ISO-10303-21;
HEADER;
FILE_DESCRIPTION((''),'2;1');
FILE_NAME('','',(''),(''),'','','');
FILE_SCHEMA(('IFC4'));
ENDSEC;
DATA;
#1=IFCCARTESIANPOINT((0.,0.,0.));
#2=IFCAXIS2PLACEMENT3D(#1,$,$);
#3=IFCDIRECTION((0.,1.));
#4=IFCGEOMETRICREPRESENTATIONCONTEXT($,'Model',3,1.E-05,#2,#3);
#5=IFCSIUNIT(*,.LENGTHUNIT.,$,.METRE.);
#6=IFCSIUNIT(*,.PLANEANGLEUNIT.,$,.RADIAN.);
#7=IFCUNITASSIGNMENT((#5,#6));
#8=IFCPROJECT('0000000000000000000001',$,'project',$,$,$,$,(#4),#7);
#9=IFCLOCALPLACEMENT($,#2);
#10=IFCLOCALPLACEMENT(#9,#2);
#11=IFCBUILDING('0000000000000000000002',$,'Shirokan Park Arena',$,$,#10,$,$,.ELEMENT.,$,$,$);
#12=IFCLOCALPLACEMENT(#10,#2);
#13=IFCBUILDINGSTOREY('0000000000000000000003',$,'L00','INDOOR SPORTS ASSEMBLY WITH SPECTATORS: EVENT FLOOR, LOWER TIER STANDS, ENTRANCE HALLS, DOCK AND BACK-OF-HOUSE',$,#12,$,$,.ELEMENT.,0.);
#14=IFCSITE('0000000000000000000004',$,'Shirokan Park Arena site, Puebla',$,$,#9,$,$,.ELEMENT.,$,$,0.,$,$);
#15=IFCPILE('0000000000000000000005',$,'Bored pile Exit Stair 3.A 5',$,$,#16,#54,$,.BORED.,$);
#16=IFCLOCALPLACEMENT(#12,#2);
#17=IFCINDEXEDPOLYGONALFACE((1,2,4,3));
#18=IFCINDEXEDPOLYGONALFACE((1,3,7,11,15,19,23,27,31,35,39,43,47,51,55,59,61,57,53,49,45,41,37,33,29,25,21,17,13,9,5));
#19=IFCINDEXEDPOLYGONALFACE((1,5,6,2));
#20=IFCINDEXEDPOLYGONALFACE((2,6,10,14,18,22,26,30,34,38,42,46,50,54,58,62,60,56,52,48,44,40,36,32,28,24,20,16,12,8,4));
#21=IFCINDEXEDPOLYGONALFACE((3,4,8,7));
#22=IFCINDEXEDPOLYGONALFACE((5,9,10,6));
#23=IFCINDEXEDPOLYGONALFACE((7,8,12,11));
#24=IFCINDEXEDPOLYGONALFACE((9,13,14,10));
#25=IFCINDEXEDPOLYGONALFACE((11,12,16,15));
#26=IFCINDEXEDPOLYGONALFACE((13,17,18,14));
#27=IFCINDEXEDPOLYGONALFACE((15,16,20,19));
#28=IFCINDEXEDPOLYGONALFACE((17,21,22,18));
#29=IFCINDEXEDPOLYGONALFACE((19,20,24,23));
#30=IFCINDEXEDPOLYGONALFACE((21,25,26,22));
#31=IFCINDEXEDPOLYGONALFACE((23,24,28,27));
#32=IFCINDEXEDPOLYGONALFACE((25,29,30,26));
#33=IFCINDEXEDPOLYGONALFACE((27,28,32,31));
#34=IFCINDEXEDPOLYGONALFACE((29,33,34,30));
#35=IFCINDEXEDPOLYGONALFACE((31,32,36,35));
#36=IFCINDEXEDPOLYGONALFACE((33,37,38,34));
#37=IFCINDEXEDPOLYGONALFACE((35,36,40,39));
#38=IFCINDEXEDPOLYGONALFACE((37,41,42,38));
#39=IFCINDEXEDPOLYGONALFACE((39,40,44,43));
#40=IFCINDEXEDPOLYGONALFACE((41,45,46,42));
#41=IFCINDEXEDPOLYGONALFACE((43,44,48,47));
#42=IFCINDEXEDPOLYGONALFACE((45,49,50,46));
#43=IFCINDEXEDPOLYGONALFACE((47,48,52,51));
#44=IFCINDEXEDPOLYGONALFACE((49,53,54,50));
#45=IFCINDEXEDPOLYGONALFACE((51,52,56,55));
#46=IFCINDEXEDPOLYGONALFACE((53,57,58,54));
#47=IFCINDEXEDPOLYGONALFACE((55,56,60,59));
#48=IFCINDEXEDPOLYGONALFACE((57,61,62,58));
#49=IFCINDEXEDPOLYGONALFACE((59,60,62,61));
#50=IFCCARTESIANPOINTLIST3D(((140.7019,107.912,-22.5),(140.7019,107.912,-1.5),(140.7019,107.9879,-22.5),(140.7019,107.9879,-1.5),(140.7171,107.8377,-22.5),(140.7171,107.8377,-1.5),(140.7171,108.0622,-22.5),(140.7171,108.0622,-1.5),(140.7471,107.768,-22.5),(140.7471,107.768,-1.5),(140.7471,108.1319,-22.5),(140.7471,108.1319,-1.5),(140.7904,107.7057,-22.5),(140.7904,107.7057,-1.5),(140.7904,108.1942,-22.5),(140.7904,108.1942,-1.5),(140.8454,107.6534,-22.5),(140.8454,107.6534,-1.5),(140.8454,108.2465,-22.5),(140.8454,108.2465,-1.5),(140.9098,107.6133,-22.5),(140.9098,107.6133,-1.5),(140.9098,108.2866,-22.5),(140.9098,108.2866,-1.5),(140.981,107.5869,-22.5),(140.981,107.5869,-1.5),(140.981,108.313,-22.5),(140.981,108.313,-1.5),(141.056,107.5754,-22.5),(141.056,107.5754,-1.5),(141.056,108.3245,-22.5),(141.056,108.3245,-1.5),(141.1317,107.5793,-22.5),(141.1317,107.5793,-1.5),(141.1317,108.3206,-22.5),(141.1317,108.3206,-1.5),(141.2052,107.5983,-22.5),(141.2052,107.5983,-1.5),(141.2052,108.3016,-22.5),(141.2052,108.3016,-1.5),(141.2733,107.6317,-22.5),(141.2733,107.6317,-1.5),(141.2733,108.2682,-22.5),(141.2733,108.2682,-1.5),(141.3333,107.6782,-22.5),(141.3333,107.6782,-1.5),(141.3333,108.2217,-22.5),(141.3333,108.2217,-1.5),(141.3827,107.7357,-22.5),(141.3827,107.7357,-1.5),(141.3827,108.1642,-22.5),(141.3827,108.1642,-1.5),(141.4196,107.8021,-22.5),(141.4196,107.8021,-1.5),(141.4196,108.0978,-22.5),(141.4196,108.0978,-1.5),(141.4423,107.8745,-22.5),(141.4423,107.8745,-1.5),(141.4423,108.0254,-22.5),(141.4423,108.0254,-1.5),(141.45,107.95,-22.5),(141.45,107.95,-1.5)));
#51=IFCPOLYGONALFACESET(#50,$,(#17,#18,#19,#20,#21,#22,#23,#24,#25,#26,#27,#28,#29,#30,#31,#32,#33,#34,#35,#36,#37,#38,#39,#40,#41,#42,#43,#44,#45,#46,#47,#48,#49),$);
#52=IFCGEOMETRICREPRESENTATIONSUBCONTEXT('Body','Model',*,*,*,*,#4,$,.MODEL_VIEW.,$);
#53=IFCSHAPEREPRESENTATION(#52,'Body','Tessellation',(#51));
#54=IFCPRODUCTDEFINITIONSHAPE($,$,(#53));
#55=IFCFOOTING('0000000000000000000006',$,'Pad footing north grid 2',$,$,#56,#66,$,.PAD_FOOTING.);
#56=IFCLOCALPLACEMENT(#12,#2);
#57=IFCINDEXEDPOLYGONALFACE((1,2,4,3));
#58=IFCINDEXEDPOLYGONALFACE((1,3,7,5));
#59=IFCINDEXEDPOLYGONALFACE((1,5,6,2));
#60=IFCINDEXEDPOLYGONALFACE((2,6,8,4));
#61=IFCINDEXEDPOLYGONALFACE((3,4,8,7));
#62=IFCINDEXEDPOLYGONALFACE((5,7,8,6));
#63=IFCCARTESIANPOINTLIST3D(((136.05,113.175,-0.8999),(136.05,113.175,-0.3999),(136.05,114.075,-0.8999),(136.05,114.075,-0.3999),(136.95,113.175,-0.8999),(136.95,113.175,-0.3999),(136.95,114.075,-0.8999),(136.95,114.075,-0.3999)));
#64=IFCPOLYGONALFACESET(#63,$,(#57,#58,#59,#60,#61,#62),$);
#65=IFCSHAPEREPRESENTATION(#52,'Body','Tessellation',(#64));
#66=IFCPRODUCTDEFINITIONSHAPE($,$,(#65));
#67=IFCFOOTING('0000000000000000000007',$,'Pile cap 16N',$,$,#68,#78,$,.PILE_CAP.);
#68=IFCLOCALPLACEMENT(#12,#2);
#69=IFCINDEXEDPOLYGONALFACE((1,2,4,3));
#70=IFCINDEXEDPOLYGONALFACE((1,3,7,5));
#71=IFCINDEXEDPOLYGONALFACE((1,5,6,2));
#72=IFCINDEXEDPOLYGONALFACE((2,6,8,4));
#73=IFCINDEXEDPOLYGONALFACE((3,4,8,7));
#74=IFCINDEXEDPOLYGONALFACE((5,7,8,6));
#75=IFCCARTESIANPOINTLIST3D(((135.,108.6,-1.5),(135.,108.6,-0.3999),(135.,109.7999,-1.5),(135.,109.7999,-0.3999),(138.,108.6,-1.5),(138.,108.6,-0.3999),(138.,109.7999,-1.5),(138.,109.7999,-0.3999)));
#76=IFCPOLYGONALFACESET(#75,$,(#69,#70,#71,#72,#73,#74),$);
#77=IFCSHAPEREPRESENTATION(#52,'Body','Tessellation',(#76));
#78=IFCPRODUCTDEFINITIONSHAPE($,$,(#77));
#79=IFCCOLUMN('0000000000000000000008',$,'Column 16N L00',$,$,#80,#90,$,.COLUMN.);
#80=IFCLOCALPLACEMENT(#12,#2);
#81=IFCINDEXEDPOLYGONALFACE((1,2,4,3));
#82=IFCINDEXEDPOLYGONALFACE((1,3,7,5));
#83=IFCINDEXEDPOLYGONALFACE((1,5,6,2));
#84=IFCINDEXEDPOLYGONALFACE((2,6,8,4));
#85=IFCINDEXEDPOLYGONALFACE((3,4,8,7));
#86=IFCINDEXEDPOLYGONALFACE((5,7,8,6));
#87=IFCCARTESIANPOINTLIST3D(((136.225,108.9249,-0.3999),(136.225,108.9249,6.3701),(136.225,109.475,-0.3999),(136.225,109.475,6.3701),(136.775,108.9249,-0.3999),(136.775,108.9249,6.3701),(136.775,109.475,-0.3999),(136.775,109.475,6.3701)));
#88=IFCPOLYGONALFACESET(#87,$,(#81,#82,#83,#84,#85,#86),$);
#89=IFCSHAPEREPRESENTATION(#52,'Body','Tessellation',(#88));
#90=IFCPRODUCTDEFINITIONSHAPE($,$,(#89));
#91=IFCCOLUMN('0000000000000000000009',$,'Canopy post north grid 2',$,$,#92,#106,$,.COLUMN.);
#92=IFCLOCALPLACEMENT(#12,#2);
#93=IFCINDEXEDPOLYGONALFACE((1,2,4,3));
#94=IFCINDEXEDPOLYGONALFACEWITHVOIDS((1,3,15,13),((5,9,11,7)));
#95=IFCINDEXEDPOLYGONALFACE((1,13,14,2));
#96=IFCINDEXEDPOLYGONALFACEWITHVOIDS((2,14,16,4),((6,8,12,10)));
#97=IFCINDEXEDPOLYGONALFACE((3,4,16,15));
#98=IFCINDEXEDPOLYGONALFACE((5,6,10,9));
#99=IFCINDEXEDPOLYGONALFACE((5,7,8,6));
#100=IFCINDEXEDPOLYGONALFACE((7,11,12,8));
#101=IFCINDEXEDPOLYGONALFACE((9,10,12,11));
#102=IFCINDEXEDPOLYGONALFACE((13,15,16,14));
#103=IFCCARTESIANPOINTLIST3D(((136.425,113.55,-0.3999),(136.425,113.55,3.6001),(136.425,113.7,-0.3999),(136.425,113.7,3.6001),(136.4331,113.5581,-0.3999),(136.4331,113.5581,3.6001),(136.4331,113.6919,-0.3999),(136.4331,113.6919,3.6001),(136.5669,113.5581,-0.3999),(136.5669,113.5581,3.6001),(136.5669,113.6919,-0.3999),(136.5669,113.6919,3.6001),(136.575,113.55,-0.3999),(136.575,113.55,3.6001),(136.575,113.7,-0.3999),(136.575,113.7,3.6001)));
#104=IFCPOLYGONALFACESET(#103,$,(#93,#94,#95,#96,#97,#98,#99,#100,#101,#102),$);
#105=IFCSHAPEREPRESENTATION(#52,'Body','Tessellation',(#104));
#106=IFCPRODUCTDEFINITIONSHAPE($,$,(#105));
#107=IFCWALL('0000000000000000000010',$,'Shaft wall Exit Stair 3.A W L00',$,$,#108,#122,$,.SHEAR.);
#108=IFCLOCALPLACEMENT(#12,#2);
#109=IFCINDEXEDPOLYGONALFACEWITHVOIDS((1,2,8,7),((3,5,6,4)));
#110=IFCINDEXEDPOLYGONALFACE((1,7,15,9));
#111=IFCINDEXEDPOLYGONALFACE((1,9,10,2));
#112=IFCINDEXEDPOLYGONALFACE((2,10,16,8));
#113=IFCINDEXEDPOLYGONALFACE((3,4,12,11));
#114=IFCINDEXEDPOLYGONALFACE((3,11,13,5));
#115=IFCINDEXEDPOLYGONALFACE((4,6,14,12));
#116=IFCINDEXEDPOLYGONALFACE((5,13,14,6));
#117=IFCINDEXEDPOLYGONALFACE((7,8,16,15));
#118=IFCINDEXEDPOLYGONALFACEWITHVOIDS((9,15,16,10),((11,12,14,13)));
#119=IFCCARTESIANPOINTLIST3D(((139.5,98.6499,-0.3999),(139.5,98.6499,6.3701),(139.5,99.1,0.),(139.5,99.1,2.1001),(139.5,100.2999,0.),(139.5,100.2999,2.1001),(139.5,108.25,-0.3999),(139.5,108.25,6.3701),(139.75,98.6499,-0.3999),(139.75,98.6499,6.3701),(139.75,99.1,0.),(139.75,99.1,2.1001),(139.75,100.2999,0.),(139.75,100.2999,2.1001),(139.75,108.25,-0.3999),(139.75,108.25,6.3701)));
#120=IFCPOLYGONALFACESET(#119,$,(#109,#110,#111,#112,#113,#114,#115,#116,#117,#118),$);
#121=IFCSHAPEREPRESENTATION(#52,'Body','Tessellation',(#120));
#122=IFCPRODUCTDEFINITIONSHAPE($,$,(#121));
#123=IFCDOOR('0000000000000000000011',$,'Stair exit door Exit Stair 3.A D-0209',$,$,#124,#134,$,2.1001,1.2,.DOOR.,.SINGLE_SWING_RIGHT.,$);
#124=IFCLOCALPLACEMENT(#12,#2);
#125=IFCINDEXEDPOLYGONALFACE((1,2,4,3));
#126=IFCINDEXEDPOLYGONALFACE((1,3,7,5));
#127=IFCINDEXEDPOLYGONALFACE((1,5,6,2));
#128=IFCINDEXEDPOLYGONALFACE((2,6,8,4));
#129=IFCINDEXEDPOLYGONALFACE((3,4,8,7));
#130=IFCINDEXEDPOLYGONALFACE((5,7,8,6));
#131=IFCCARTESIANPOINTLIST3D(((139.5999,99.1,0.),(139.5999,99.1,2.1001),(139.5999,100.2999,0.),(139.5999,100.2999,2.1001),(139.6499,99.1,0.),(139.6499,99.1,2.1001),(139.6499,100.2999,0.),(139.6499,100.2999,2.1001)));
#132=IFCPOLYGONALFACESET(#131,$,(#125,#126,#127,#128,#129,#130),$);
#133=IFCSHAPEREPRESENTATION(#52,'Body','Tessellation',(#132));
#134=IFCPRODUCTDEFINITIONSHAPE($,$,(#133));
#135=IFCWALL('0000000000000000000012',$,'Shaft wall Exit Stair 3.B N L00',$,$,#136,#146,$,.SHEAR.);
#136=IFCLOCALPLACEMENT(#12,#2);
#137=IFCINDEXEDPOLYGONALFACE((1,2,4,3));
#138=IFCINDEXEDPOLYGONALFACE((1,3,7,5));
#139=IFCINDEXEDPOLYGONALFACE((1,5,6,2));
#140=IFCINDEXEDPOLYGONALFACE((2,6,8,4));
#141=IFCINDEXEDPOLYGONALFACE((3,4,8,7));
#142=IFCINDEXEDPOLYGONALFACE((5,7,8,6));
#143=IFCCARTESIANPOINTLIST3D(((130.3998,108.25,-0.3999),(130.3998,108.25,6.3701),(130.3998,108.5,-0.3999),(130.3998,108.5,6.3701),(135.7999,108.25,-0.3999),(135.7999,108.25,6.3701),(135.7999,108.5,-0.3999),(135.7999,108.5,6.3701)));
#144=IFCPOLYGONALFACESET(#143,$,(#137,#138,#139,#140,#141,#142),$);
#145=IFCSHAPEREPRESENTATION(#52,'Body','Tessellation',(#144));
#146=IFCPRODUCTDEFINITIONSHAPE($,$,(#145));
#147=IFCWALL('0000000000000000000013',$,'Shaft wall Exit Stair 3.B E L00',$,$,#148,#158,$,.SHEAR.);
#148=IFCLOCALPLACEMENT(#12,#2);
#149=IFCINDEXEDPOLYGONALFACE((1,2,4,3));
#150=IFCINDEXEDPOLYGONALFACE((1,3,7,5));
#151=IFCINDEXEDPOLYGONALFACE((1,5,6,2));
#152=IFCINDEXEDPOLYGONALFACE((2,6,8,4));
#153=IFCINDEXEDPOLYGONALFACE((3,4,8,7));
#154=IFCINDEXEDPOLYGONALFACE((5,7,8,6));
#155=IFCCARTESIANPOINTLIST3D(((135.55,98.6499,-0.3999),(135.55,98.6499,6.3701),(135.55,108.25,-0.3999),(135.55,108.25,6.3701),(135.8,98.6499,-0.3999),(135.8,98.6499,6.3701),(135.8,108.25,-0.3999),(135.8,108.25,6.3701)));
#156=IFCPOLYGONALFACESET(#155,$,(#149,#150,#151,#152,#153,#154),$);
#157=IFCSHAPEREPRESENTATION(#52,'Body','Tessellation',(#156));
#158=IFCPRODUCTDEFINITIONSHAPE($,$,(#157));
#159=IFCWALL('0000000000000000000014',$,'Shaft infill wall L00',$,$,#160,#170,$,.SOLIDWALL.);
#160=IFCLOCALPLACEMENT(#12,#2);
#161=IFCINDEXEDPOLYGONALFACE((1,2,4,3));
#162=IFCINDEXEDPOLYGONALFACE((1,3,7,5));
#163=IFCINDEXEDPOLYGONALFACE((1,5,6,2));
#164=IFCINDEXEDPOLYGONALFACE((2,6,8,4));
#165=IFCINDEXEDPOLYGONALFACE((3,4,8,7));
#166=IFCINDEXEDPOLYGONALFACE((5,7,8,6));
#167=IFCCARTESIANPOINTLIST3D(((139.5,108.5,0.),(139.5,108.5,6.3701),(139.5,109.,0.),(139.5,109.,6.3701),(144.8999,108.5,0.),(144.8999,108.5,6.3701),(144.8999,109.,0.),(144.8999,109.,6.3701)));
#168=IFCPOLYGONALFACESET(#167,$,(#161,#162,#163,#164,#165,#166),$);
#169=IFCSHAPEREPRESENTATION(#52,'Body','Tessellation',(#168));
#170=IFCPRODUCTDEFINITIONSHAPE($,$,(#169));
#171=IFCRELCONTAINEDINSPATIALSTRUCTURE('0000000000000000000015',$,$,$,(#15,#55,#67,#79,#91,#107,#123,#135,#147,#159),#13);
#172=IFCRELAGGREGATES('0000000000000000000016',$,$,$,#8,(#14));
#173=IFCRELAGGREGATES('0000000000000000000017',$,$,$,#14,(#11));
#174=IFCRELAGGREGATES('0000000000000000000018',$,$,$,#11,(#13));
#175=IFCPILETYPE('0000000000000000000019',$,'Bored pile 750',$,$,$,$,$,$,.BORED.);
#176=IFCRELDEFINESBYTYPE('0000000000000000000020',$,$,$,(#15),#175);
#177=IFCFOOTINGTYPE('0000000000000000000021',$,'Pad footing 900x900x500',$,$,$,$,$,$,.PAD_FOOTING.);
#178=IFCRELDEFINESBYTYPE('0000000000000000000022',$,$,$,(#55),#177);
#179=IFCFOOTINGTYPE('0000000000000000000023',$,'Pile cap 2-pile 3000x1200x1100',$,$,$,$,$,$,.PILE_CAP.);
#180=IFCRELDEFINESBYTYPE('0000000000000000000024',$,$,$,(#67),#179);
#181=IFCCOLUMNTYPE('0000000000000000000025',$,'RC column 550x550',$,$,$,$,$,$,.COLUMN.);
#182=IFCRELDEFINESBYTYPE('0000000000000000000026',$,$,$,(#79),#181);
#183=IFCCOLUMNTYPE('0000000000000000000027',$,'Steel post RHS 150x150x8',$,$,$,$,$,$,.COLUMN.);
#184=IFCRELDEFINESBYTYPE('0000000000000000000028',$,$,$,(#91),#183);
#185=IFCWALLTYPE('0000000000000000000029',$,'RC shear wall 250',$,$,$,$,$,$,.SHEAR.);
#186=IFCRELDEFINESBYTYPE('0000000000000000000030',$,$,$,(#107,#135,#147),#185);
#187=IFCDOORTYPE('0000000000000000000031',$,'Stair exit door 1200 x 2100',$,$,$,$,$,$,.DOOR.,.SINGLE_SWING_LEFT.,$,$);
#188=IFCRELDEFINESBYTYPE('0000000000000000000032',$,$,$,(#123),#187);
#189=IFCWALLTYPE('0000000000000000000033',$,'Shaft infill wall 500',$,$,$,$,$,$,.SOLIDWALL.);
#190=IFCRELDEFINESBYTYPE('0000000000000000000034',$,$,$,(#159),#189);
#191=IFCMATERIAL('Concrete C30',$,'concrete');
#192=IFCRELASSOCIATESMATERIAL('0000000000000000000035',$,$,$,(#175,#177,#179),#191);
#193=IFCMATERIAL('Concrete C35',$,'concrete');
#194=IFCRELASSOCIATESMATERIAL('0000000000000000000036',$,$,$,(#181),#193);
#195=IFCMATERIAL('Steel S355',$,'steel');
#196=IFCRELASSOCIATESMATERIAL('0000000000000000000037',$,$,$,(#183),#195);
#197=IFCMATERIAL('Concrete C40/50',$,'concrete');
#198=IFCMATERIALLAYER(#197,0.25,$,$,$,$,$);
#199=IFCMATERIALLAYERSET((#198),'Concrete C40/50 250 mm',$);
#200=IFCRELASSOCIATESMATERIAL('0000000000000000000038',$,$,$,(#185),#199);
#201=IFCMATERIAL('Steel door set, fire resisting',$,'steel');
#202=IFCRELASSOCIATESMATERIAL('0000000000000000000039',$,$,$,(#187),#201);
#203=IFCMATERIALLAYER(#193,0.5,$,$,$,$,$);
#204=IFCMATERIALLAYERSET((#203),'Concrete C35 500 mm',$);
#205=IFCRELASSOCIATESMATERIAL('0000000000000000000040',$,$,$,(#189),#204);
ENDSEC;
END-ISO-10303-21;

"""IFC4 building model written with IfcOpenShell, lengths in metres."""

from ifc_helpers import new_model, si_unit, direction, frame, frame_2d, origin, origin_2d, place, context, subcontext, project, spatial, rectangle, hollow_rectangle, circle, extrude, material, layer, layer_set, material_profile, profile_set, type_object, element, fill, save


model = new_model("IFC4")

# Units and contexts
model_context = context("Model", 3, precision=1e-05, world=origin(), true_north=direction((0.0, 1.0)))
body_context = subcontext(model_context, "Body", "Model", "MODEL_VIEW")
ifc_project = project(units=[si_unit("LENGTHUNIT", "METRE"), si_unit("PLANEANGLEUNIT", "RADIAN")], contexts=[model_context])

# Site, building, storey
site_placement = place(None, origin())
site = spatial("IfcSite", under=ifc_project, at=site_placement, Name="Shirokan Park Arena site, Puebla", CompositionType="ELEMENT", RefElevation=0.0)
building_placement = place(site_placement, origin())
building = spatial("IfcBuilding", under=site, at=building_placement, Name="Shirokan Park Arena", CompositionType="ELEMENT")
storey_placement = place(building_placement, origin())
storey = spatial("IfcBuildingStorey", under=building, at=storey_placement, Name="L00", Description="INDOOR SPORTS ASSEMBLY WITH SPECTATORS: EVENT FLOOR, LOWER TIER STANDS, ENTRANCE HALLS, DOCK AND BACK-OF-HOUSE", CompositionType="ELEMENT", Elevation=0.0)

# Pile
ifc_material_1 = material(Name="Concrete C30", Category="concrete")
ifc_material_profile_1 = material_profile(ifc_material_1, circle(Radius=0.375, at=origin_2d()), Name="D750")
ifc_profile_set_1 = profile_set([ifc_material_profile_1], Name="Concrete C30")
pile_type_1 = type_object("IfcPileType", Name="Bored pile 750", PredefinedType="BORED", material=ifc_profile_set_1)
for number, where, z_axis, x_axis, name in (
    (1, (141.075, 107.95, -1.5), (0.0, 0.0, -1.0), (1.0, 0.0, 0.0), "Bored pile Exit Stair 3.A 5"),
):
    element("IfcPile", number, at=place(storey_placement, frame(where, z_axis=z_axis, x_axis=x_axis)), inside=storey, type_object=pile_type_1, Name=name, PredefinedType="BORED", context=body_context, shape_type="SweptSolid", body=[
        extrude(circle(Radius=0.375, at=origin_2d()), origin(), (0.0, 0.0, 1.0), 21.0),
    ])

# Footings
footing_type_1 = type_object("IfcFootingType", Name="Pad footing 900x900x500", PredefinedType="PAD_FOOTING", material=ifc_material_1)
footing_1_placement = place(storey_placement, frame((136.5, 113.625, -0.8999), z_axis=(0.0, 0.0, 1.0), x_axis=(1.0, 0.0, 0.0)))
element("IfcFooting", 2, at=footing_1_placement, inside=storey, type_object=footing_type_1, Name="Pad footing north grid 2", PredefinedType="PAD_FOOTING", context=body_context, shape_type="SweptSolid", body=[
    extrude(rectangle(XDim=0.8999, YDim=0.8999, at=origin_2d()), origin(), (0.0, 0.0, 1.0), 0.5),
])
footing_type_2 = type_object("IfcFootingType", Name="Pile cap 2-pile 3000x1200x1100", PredefinedType="PILE_CAP", material=ifc_material_1)
footing_2_placement = place(storey_placement, frame((136.5, 109.2, -1.5), z_axis=(0.0, 0.0, 1.0), x_axis=(1.0, 0.0, 0.0)))
element("IfcFooting", 3, at=footing_2_placement, inside=storey, type_object=footing_type_2, Name="Pile cap 16N", PredefinedType="PILE_CAP", context=body_context, shape_type="SweptSolid", body=[
    extrude(rectangle(XDim=3.0, YDim=1.2, at=origin_2d()), origin(), (0.0, 0.0, 1.0), 1.1001),
])

# Columns
ifc_material_2 = material(Name="Concrete C35", Category="concrete")
ifc_material_profile_2 = material_profile(ifc_material_2, rectangle(XDim=0.55, YDim=0.55, at=origin_2d()), Name="550x550")
ifc_profile_set_2 = profile_set([ifc_material_profile_2], Name="Concrete C35")
column_type_1 = type_object("IfcColumnType", Name="RC column 550x550", PredefinedType="COLUMN", material=ifc_profile_set_2)
column_1_placement = place(storey_placement, frame((136.5, 109.2, -0.3999), z_axis=(0.0, 0.0, 1.0), x_axis=(1.0, 0.0, 0.0)))
element("IfcColumn", 4, at=column_1_placement, inside=storey, type_object=column_type_1, Name="Column 16N L00", PredefinedType="COLUMN", context=body_context, shape_type="SweptSolid", body=[
    extrude(rectangle(XDim=0.55, YDim=0.55, at=origin_2d()), origin(), (0.0, 0.0, 1.0), 6.77),
])
ifc_material_3 = material(Name="Steel S355", Category="steel")
ifc_material_profile_3 = material_profile(ifc_material_3, hollow_rectangle(XDim=0.1499, YDim=0.1499, WallThickness=0.0081, at=origin_2d()), Name="RHS 150x150x8")
ifc_profile_set_3 = profile_set([ifc_material_profile_3], Name="Steel S355")
column_type_2 = type_object("IfcColumnType", Name="Steel post RHS 150x150x8", PredefinedType="COLUMN", material=ifc_profile_set_3)
column_2_placement = place(storey_placement, frame((136.5, 113.625, -0.3999), z_axis=(0.0, 0.0, 1.0), x_axis=(1.0, 0.0, 0.0)))
element("IfcColumn", 5, at=column_2_placement, inside=storey, type_object=column_type_2, Name="Canopy post north grid 2", PredefinedType="COLUMN", context=body_context, shape_type="SweptSolid", body=[
    extrude(hollow_rectangle(XDim=0.1499, YDim=0.1499, WallThickness=0.0081, at=origin_2d()), origin(), (0.0, 0.0, 1.0), 4.0),
])

# Wall, opening, door
ifc_material_4 = material(Name="Concrete C40/50", Category="concrete")
ifc_layer_1 = layer(ifc_material_4, 0.25)
ifc_layer_set_1 = layer_set([ifc_layer_1], Name="Concrete C40/50 250 mm")
wall_type_1 = type_object("IfcWallType", Name="RC shear wall 250", PredefinedType="SHEAR", material=ifc_layer_set_1)
wall_1_placement = place(storey_placement, frame((139.625, 108.25, -0.3999), z_axis=(0.0, 0.0, 1.0), x_axis=(0.0, -1.0, 0.0)))
wall_1 = element("IfcWall", 6, at=wall_1_placement, inside=storey, type_object=wall_type_1, Name="Shaft wall Exit Stair 3.A W L00", PredefinedType="SHEAR", context=body_context, shape_type="SweptSolid", body=[
    extrude(rectangle(XDim=9.6001, YDim=0.25, at=frame_2d((4.8, 0.0))), origin(), (0.0, 0.0, 1.0), 6.77),
])
opening_1_placement = place(wall_1_placement, frame((7.95, 0.0, 0.3999)))
opening_1 = element("IfcOpeningElement", 7, at=opening_1_placement, cuts=wall_1, PredefinedType="OPENING", context=body_context, shape_type="SweptSolid", body=[
    extrude(rectangle(XDim=1.2, YDim=2.1001, at=frame_2d((0.6001, 1.05))), frame((0.0, 0.135, 0.0), z_axis=(0.0, -1.0, 0.0), x_axis=(1.0, 0.0, 0.0)), (0.0, 0.0, 1.0), 0.27),
])
ifc_material_5 = material(Name="Steel door set, fire resisting", Category="steel")
door_type_1 = type_object("IfcDoorType", Name="Stair exit door 1200 x 2100", OperationType="SINGLE_SWING_LEFT", PredefinedType="DOOR", material=ifc_material_5)
door_1_placement = place(opening_1_placement, origin())
door_1 = element("IfcDoor", 8, at=door_1_placement, inside=storey, type_object=door_type_1, Name="Stair exit door Exit Stair 3.A D-0209", OperationType="SINGLE_SWING_RIGHT", OverallHeight=2.1001, OverallWidth=1.2, PredefinedType="DOOR", context=body_context, shape_type="SweptSolid", body=[
    extrude(rectangle(XDim=1.2, YDim=2.1001, at=frame_2d((0.6001, 1.05))), frame((0.0, 0.0249, 0.0), z_axis=(0.0, -1.0, 0.0), x_axis=(1.0, 0.0, 0.0)), (0.0, 0.0, 1.0), 0.05),
])
fill(opening_1, door_1)

# Walls
wall_2_placement = place(storey_placement, frame((135.8, 108.375, -0.3999), z_axis=(0.0, 0.0, 1.0), x_axis=(-1.0, 0.0, 0.0)))
element("IfcWall", 9, at=wall_2_placement, inside=storey, type_object=wall_type_1, Name="Shaft wall Exit Stair 3.B N L00", PredefinedType="SHEAR", context=body_context, shape_type="SweptSolid", body=[
    extrude(rectangle(XDim=5.4001, YDim=0.25, at=frame_2d((2.7002, 0.0))), origin(), (0.0, 0.0, 1.0), 6.77),
])
wall_3_placement = place(storey_placement, frame((135.675, 108.25, -0.3999), z_axis=(0.0, 0.0, 1.0), x_axis=(0.0, -1.0, 0.0)))
element("IfcWall", 10, at=wall_3_placement, inside=storey, type_object=wall_type_1, Name="Shaft wall Exit Stair 3.B E L00", PredefinedType="SHEAR", context=body_context, shape_type="SweptSolid", body=[
    extrude(rectangle(XDim=9.6001, YDim=0.25, at=frame_2d((4.8, 0.0))), origin(), (0.0, 0.0, 1.0), 6.77),
])
ifc_layer_2 = layer(ifc_material_2, 0.5)
ifc_layer_set_2 = layer_set([ifc_layer_2], Name="Concrete C35 500 mm")
wall_type_2 = type_object("IfcWallType", Name="Shaft infill wall 500", PredefinedType="SOLIDWALL", material=ifc_layer_set_2)
wall_4_placement = place(storey_placement, frame((139.5, 108.75, 0.0), z_axis=(0.0, 0.0, 1.0), x_axis=(1.0, 0.0, 0.0)))
element("IfcWall", 11, at=wall_4_placement, inside=storey, type_object=wall_type_2, Name="Shaft infill wall L00", PredefinedType="SOLIDWALL", context=body_context, shape_type="SweptSolid", body=[
    extrude(rectangle(XDim=5.3999, YDim=0.5, at=frame_2d((2.7, 0.0))), origin(), (0.0, 0.0, 1.0), 6.3701),
])

save(model, "model.ifc")
